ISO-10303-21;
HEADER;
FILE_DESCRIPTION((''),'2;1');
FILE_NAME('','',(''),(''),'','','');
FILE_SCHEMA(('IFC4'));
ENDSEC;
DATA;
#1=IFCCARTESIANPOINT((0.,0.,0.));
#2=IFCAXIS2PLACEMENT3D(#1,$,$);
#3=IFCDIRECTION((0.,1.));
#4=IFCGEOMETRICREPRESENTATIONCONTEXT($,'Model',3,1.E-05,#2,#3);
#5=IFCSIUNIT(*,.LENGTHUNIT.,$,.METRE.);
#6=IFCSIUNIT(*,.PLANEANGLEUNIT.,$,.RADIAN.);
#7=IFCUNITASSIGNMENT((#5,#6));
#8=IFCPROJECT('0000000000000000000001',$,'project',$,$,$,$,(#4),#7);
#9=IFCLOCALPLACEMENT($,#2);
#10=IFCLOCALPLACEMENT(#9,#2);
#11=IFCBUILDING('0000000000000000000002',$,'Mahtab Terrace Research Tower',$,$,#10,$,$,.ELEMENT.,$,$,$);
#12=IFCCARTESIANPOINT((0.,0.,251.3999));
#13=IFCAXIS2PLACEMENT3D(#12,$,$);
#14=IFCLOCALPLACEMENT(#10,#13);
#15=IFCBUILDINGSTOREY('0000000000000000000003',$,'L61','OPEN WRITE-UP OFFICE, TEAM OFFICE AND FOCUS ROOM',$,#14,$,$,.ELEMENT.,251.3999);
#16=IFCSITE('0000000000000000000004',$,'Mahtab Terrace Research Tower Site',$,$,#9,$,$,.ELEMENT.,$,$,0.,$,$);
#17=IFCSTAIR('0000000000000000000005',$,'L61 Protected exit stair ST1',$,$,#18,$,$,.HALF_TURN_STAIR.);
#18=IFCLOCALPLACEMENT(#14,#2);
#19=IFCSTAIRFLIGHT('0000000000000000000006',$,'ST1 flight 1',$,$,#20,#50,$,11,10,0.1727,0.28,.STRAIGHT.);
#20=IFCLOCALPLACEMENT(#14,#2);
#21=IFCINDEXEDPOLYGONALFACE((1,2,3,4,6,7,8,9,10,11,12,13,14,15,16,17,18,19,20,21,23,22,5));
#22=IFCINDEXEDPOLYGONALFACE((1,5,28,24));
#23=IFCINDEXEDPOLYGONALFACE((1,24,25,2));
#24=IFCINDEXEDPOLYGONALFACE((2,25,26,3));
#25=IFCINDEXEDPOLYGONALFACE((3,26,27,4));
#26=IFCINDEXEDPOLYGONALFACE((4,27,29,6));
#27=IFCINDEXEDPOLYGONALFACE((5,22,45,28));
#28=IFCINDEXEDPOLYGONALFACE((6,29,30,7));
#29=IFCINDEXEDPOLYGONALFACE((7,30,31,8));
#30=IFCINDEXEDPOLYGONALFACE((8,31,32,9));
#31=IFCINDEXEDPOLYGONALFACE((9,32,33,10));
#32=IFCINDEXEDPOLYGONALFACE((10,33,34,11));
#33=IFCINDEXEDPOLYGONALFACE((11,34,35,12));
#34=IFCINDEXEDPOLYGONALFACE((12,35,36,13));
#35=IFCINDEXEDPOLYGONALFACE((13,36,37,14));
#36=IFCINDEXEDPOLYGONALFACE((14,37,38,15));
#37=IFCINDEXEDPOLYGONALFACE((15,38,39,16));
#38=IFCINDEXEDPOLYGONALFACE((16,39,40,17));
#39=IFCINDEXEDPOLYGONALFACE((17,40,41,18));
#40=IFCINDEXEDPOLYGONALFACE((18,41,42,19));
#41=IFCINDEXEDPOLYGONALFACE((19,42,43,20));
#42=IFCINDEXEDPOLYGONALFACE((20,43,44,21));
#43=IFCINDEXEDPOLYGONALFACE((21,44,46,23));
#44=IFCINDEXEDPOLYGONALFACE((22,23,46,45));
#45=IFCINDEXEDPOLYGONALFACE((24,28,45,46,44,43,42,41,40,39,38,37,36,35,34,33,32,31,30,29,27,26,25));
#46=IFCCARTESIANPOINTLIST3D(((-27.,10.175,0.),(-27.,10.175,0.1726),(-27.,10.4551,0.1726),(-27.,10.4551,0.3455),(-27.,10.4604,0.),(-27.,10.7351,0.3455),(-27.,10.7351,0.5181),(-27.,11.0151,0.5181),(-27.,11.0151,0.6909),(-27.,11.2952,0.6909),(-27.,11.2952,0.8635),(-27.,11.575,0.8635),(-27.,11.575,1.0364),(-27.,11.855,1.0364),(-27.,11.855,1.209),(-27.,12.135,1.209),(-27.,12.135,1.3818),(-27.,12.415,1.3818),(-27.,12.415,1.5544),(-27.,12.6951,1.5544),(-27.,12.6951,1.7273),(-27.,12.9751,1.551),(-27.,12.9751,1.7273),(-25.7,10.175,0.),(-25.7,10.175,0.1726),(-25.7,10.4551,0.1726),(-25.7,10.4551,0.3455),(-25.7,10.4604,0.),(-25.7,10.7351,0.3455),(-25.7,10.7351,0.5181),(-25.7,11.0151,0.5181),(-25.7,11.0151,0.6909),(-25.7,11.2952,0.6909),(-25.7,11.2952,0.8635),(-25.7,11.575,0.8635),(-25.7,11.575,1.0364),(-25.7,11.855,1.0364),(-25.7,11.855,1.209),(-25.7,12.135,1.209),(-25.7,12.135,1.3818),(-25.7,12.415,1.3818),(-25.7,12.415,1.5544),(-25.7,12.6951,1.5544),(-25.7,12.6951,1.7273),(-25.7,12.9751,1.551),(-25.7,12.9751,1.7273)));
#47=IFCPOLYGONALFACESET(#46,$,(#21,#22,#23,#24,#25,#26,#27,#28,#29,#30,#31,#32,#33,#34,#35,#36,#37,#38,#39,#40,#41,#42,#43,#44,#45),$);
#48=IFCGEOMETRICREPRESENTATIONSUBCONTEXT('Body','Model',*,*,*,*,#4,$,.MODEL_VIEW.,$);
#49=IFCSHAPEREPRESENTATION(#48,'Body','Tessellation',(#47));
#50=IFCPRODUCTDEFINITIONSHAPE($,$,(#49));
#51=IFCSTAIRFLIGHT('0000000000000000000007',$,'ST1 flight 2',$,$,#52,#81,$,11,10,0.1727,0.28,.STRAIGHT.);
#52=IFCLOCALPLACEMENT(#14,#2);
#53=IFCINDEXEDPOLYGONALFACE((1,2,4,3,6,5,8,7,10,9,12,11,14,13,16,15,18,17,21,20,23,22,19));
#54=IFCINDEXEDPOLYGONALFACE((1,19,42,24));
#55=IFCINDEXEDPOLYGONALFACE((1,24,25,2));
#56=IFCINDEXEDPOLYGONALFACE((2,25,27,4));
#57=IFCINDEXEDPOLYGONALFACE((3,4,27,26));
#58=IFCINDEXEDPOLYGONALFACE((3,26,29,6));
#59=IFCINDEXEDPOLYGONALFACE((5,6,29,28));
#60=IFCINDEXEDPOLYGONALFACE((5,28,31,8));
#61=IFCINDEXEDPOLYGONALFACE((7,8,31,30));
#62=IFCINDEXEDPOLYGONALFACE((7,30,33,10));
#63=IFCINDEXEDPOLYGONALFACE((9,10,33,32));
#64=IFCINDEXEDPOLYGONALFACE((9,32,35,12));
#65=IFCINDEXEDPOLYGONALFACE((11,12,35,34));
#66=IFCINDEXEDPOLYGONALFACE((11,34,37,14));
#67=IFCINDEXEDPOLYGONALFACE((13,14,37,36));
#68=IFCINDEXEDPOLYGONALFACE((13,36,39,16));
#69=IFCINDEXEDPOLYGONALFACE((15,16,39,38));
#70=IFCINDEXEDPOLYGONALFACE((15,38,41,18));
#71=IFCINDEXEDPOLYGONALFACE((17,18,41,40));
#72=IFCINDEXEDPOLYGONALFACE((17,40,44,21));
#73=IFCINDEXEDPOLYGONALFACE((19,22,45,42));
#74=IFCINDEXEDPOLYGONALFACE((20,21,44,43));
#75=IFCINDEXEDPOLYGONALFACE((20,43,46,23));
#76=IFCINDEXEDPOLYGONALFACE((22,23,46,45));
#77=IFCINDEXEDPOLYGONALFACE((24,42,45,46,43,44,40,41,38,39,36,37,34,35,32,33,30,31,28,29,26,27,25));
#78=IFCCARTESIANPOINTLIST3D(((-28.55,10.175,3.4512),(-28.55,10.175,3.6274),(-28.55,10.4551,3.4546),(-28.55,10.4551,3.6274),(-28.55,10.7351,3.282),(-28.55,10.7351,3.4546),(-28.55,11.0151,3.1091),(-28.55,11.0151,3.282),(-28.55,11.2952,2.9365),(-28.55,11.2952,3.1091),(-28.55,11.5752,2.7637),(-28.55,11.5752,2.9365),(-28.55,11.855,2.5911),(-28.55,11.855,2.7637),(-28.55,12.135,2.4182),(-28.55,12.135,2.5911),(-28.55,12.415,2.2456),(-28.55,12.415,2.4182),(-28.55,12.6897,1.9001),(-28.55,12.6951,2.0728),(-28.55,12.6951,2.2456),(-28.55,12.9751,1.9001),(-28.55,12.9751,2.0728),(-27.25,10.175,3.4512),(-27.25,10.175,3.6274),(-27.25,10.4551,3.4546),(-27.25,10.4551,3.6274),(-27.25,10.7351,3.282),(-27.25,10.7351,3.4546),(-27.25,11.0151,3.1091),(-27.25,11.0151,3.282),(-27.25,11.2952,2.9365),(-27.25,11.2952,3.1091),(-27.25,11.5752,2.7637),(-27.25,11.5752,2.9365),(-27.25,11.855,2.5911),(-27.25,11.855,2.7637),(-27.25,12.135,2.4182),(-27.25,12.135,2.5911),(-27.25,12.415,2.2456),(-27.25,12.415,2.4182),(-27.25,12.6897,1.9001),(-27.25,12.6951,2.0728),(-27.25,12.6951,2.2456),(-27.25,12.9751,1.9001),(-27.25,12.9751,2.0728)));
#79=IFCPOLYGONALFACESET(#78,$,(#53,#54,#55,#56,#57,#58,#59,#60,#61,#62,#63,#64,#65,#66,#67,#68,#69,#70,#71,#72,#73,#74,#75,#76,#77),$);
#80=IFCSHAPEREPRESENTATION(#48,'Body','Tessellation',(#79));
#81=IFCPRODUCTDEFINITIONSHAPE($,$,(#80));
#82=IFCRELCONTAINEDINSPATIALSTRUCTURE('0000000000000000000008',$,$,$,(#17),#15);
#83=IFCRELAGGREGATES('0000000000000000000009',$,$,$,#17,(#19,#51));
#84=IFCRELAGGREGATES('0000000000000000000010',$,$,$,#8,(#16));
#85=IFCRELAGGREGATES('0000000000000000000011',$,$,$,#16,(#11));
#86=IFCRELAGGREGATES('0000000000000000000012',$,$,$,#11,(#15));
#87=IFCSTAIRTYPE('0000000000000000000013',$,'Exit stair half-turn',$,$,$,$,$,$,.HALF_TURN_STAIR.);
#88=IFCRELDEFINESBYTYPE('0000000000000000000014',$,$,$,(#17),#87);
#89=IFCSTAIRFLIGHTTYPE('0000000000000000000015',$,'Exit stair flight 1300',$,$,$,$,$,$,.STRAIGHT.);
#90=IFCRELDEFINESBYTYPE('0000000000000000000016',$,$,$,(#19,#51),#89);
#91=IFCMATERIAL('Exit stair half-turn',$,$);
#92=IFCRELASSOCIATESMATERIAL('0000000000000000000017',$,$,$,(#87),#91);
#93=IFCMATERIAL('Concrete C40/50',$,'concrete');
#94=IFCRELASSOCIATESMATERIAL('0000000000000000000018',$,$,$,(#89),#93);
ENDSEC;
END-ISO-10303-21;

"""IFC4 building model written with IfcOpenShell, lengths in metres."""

from ifc_helpers import new_model, si_unit, direction, frame, origin, place, context, subcontext, project, spatial, polyline, outline, extrude, material, type_object, element, aggregate, save


model = new_model("IFC4")

# Units and contexts
model_context = context("Model", 3, precision=1e-05, world=origin(), true_north=direction((0.0, 1.0)))
body_context = subcontext(model_context, "Body", "Model", "MODEL_VIEW")
ifc_project = project(units=[si_unit("LENGTHUNIT", "METRE"), si_unit("PLANEANGLEUNIT", "RADIAN")], contexts=[model_context])

# Site, building, storey
site_placement = place(None, origin())
site = spatial("IfcSite", under=ifc_project, at=site_placement, Name="Mahtab Terrace Research Tower Site", CompositionType="ELEMENT", RefElevation=0.0)
building_placement = place(site_placement, origin())
building = spatial("IfcBuilding", under=site, at=building_placement, Name="Mahtab Terrace Research Tower", CompositionType="ELEMENT")
storey_placement = place(building_placement, frame((0.0, 0.0, 251.3999)))
storey = spatial("IfcBuildingStorey", under=building, at=storey_placement, Name="L61", Description="OPEN WRITE-UP OFFICE, TEAM OFFICE AND FOCUS ROOM", CompositionType="ELEMENT", Elevation=251.3999)

# Stair, stair flights
ifc_material_1 = material(Name="Exit stair half-turn")
stair_type = type_object("IfcStairType", Name="Exit stair half-turn", PredefinedType="HALF_TURN_STAIR", material=ifc_material_1)
stair_placement = place(storey_placement, origin())
stair = element("IfcStair", 1, at=stair_placement, inside=storey, type_object=stair_type, Name="L61 Protected exit stair ST1", PredefinedType="HALF_TURN_STAIR")
ifc_material_2 = material(Name="Concrete C40/50", Category="concrete")
stair_flight_type = type_object("IfcStairFlightType", Name="Exit stair flight 1300", PredefinedType="STRAIGHT", material=ifc_material_2)
stair_flight_1_placement = place(storey_placement, frame((-26.3501, 10.175, 0.0), z_axis=(0.0, 0.0, 1.0), x_axis=(0.0, 1.0, 0.0)))
stair_flight_1 = element("IfcStairFlight", 2, at=stair_flight_1_placement, type_object=stair_flight_type, Name="ST1 flight 1", NumberOfRisers=11, NumberOfTreads=10, PredefinedType="STRAIGHT", RiserHeight=0.1727, TreadLength=0.28, context=body_context, shape_type="SweptSolid", body=[
    extrude(outline(polyline([(0.0, 0.0), (0.0, 0.1726), (0.28, 0.1726), (0.28, 0.3455), (0.5601, 0.3455), (0.5601, 0.5181), (0.8401, 0.5181), (0.8401, 0.6909), (1.1201, 0.6909), (1.1201, 0.8635), (1.3999, 0.8635), (1.3999, 1.0364), (1.6799, 1.0364), (1.6799, 1.209), (1.96, 1.209), (1.96, 1.3818), (2.24, 1.3818), (2.24, 1.5544), (2.52, 1.5544), (2.52, 1.7273), (2.8, 1.7273), (2.8, 1.8999), (2.8, 1.551), (0.2854, 0.0), (0.0, 0.0)])), frame((0.0, 0.6499, 0.0), z_axis=(0.0, -1.0, 0.0), x_axis=(1.0, 0.0, 0.0)), (0.0, 0.0, 1.0), 1.3),
])
stair_flight_2_placement = place(storey_placement, frame((-27.8999, 12.9751, 1.9001), z_axis=(0.0, 0.0, 1.0), x_axis=(0.0, -1.0, 0.0)))
stair_flight_2 = element("IfcStairFlight", 3, at=stair_flight_2_placement, type_object=stair_flight_type, Name="ST1 flight 2", NumberOfRisers=11, NumberOfTreads=10, PredefinedType="STRAIGHT", RiserHeight=0.1727, TreadLength=0.28, context=body_context, shape_type="SweptSolid", body=[
    extrude(outline(polyline([(0.0, 0.0), (0.0, 0.1726), (0.28, 0.1726), (0.28, 0.3455), (0.5601, 0.3455), (0.5601, 0.5181), (0.8401, 0.5181), (0.8401, 0.6909), (1.1201, 0.6909), (1.1201, 0.8635), (1.3999, 0.8635), (1.3999, 1.0364), (1.6799, 1.0364), (1.6799, 1.209), (1.96, 1.209), (1.96, 1.3818), (2.24, 1.3818), (2.24, 1.5544), (2.52, 1.5544), (2.52, 1.7273), (2.8, 1.7273), (2.8, 1.8999), (2.8, 1.551), (0.2854, 0.0), (0.0, 0.0)])), frame((0.0, 0.6499, 0.0), z_axis=(0.0, -1.0, 0.0), x_axis=(1.0, 0.0, 0.0)), (0.0, 0.0, 1.0), 1.3),
])
aggregate(stair, [stair_flight_1, stair_flight_2])

save(model, "model.ifc")
